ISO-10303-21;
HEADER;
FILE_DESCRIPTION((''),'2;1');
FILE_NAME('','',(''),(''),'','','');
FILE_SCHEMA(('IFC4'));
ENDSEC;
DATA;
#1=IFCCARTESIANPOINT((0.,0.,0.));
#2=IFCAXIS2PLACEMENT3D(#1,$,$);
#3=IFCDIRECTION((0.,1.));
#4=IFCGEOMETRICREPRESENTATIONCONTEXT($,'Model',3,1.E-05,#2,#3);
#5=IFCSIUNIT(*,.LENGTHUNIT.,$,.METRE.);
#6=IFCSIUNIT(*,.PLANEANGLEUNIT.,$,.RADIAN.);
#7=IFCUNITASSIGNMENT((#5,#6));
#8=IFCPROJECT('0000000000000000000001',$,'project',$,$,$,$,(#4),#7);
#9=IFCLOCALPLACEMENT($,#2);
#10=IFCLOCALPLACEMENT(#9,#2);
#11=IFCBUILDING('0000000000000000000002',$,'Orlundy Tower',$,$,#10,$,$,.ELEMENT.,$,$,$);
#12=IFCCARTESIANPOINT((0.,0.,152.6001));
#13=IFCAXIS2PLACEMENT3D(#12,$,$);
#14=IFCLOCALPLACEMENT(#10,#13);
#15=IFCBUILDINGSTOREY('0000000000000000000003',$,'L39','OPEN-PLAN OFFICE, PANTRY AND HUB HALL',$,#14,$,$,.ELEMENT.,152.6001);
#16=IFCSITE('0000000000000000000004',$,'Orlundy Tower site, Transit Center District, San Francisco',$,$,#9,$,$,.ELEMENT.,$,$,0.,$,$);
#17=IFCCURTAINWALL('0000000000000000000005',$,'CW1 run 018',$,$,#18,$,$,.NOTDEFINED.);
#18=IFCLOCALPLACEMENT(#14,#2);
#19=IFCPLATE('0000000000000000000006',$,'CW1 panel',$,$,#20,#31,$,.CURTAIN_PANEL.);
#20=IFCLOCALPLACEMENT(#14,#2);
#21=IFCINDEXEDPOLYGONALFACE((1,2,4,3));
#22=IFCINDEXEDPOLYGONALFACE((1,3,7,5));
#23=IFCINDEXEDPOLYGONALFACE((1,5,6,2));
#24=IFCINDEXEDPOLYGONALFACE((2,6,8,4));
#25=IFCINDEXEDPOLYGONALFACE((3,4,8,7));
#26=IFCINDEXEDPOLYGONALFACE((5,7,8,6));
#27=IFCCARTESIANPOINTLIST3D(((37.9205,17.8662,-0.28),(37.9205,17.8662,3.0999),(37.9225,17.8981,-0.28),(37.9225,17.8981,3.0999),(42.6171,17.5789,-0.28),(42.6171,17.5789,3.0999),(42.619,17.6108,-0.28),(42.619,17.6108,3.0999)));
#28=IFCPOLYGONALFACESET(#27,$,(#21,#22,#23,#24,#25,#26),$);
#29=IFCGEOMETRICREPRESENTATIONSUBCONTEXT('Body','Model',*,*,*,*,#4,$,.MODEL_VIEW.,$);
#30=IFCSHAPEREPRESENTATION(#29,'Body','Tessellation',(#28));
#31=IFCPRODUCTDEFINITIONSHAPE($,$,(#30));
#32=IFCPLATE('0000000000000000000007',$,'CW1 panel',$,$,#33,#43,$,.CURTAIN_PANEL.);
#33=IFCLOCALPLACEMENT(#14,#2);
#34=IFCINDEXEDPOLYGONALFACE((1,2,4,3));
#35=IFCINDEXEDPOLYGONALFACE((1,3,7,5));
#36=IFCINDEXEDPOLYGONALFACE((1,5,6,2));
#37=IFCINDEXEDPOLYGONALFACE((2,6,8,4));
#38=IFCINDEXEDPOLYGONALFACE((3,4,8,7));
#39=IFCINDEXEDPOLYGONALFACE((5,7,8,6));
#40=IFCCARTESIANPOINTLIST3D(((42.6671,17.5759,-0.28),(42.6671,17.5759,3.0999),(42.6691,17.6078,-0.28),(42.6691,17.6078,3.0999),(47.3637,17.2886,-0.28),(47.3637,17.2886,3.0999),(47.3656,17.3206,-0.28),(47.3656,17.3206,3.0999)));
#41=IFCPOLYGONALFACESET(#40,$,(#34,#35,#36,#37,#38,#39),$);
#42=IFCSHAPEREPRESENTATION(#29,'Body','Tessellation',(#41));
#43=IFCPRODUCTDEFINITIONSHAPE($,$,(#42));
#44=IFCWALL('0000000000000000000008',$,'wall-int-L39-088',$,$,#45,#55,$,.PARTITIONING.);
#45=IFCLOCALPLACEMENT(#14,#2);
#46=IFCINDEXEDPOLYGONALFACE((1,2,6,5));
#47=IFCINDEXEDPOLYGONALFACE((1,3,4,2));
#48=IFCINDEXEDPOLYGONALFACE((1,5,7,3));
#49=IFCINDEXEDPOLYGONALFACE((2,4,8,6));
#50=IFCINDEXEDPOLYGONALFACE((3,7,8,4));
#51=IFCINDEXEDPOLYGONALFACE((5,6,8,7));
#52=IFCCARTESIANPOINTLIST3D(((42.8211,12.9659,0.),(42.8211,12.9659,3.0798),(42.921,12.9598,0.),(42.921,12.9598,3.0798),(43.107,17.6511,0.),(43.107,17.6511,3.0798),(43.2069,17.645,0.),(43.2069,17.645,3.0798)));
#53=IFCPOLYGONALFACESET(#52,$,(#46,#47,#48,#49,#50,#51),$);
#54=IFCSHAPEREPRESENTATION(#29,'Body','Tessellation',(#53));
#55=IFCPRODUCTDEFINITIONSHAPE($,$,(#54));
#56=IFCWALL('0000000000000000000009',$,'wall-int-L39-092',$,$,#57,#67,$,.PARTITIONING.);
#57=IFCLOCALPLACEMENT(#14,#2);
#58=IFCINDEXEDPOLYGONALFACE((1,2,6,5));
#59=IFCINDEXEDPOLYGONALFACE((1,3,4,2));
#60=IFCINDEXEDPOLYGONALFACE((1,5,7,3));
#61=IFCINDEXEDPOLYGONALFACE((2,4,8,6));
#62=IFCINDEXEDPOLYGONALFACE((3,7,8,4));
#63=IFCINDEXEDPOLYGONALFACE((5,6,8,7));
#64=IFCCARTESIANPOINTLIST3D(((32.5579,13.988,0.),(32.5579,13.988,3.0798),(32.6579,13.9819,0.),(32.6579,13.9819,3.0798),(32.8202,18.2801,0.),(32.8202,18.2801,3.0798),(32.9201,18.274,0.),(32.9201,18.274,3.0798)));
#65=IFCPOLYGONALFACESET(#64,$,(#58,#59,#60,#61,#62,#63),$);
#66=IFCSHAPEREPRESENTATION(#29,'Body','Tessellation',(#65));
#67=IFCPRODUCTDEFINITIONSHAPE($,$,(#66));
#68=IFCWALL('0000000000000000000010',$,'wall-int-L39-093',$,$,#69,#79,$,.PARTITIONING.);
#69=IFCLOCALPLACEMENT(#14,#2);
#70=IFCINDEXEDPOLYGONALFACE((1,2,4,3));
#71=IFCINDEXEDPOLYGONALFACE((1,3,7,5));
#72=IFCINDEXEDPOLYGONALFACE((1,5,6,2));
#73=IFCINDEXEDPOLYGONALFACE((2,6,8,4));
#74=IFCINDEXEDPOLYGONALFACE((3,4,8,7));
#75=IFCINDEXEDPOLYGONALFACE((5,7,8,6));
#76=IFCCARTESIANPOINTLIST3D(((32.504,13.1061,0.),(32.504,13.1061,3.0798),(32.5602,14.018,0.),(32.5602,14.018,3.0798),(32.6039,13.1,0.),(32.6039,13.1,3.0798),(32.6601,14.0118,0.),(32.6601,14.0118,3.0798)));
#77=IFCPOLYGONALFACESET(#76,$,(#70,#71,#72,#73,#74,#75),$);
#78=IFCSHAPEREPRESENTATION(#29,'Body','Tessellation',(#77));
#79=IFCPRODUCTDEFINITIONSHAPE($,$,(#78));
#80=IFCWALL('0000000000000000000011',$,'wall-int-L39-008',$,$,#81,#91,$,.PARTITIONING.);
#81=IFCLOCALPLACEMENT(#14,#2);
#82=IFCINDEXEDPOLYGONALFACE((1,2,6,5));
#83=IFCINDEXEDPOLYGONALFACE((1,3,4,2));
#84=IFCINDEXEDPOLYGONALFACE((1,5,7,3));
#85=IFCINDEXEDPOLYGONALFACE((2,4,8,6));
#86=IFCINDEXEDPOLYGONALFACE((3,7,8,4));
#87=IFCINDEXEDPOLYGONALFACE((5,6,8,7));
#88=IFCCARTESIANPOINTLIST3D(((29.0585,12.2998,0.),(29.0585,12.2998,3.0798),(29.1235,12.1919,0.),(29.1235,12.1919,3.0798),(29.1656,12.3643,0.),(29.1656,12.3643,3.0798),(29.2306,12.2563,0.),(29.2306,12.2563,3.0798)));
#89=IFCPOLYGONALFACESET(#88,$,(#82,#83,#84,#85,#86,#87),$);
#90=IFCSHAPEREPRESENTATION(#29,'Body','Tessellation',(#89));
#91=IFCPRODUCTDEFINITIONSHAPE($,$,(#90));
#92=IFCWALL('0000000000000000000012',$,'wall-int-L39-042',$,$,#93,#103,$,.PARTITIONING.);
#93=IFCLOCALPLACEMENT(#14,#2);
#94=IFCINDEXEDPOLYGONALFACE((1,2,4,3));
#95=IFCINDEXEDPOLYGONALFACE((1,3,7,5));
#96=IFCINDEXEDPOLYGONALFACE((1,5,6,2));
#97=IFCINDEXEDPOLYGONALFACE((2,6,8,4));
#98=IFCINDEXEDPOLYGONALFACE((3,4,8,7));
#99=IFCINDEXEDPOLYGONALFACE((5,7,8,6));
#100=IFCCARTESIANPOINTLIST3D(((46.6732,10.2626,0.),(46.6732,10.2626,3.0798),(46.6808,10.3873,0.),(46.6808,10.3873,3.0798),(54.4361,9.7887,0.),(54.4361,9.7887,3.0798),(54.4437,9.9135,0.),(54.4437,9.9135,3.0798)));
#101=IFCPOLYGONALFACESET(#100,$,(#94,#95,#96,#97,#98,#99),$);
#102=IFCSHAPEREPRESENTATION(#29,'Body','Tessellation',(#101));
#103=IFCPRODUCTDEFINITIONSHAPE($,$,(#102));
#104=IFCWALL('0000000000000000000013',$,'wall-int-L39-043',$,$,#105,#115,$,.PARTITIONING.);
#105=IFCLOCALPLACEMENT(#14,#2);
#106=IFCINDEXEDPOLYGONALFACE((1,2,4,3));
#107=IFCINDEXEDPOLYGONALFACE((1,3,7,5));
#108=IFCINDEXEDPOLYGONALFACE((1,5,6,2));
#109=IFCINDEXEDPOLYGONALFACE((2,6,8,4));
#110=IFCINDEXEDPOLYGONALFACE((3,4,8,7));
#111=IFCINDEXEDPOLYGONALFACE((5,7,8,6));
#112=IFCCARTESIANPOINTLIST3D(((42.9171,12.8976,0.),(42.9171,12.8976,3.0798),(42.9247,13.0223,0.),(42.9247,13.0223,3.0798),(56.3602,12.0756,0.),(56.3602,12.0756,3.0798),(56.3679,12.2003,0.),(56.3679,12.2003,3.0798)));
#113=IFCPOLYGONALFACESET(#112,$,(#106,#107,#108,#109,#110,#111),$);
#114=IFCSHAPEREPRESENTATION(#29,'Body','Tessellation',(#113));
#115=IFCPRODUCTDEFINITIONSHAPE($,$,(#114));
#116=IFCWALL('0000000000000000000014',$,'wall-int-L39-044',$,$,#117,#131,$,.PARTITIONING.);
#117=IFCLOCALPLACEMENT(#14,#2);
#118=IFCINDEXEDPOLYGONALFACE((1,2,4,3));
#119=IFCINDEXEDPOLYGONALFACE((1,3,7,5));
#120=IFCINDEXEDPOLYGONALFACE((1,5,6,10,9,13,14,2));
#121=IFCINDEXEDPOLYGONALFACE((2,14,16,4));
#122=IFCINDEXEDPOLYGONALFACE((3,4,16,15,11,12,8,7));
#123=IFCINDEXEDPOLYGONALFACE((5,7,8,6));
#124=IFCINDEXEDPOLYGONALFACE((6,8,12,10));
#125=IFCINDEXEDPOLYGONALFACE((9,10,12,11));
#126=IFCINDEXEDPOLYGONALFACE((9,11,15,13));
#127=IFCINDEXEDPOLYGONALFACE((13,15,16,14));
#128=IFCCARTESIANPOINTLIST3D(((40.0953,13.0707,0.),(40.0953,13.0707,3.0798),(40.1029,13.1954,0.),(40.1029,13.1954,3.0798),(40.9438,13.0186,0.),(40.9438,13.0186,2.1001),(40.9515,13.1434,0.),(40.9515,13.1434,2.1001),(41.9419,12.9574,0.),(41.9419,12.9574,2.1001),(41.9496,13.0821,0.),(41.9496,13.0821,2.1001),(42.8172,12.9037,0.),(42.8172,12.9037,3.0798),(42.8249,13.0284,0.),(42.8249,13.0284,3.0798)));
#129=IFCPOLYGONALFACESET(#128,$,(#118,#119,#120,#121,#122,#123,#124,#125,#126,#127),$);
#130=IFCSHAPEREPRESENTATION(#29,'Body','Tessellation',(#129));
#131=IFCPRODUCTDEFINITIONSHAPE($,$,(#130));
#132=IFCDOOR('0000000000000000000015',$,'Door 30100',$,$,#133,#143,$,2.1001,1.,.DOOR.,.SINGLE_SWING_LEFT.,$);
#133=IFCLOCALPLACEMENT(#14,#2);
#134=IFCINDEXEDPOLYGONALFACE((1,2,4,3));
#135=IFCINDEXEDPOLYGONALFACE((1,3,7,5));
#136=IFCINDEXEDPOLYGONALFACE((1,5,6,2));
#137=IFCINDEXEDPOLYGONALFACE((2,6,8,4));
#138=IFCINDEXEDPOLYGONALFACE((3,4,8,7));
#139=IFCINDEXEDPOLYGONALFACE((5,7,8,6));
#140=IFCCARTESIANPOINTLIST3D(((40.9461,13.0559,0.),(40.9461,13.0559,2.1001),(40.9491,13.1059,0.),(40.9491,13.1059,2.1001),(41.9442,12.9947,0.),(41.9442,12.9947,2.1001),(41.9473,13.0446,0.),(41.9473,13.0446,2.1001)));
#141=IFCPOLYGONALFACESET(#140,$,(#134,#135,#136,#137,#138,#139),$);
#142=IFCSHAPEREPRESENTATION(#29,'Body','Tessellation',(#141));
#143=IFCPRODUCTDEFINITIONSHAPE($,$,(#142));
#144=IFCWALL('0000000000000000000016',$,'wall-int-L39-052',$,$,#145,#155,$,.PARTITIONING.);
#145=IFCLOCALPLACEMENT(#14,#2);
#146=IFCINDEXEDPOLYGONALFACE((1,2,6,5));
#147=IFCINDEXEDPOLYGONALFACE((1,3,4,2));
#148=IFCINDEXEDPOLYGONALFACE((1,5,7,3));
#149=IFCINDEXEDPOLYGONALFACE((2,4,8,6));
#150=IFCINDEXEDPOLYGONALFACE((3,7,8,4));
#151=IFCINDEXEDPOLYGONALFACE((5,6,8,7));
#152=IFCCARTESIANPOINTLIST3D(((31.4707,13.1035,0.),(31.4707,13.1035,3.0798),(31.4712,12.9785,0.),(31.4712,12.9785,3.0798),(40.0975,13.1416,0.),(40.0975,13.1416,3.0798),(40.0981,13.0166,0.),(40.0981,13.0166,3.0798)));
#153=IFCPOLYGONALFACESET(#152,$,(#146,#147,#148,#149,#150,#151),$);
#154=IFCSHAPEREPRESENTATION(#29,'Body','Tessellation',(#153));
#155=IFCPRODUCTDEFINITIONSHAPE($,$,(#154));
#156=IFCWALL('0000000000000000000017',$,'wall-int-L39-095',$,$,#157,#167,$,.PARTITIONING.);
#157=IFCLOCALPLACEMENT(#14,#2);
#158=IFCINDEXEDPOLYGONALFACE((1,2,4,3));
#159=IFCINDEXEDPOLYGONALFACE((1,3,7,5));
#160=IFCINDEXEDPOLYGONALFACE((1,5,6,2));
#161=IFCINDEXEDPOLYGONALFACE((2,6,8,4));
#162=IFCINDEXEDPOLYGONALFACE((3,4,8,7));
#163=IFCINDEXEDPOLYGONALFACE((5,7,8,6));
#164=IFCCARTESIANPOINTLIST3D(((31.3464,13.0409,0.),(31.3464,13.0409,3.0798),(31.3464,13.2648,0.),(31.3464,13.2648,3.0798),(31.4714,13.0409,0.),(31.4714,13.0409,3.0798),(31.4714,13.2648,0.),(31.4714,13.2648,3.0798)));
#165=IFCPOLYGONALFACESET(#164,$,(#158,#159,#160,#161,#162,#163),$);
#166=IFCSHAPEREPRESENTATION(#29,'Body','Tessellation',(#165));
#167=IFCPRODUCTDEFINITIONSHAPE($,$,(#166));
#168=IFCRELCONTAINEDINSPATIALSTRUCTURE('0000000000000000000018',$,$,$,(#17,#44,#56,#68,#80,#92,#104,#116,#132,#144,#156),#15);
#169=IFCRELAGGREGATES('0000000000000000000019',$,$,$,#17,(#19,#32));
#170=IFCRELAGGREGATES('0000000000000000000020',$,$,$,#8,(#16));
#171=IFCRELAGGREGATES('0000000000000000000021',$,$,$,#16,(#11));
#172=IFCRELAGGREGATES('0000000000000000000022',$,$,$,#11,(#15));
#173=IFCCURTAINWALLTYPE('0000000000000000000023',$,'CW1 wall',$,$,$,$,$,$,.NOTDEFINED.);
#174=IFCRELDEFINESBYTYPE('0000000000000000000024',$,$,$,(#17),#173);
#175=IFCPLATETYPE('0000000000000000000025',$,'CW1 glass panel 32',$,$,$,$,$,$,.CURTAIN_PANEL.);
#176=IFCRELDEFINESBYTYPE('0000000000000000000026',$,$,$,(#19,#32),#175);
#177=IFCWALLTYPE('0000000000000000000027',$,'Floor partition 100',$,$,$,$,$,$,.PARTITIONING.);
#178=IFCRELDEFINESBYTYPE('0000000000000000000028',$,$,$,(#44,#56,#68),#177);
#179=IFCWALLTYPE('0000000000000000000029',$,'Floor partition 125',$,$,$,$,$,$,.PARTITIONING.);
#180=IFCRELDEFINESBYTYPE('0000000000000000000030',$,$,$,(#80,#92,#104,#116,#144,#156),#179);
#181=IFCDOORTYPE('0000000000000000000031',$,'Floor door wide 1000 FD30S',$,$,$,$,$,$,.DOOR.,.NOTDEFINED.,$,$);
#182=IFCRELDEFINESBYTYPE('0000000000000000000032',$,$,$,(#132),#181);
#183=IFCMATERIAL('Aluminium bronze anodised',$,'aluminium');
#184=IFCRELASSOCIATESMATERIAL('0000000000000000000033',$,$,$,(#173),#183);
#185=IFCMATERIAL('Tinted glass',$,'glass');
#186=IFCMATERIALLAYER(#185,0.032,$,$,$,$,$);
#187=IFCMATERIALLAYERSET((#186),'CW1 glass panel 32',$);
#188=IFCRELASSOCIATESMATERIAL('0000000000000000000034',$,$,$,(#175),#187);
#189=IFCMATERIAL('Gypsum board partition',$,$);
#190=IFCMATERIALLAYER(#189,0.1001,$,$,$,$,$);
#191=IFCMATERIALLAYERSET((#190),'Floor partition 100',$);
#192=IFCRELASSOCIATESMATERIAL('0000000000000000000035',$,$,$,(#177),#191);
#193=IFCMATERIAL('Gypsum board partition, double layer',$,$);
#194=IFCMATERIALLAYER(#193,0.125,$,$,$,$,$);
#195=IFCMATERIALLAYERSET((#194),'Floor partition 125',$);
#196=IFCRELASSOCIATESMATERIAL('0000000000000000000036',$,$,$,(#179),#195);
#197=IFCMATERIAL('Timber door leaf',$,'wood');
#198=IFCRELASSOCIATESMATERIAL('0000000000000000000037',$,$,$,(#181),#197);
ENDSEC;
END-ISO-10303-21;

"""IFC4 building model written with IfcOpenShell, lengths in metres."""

from ifc_helpers import new_model, si_unit, direction, frame, frame_2d, origin, origin_2d, place, context, subcontext, project, spatial, rectangle, extrude, material, layer, layer_set, type_object, element, fill, aggregate, save


model = new_model("IFC4")

# Units and contexts
model_context = context("Model", 3, precision=1e-05, world=origin(), true_north=direction((0.0, 1.0)))
body_context = subcontext(model_context, "Body", "Model", "MODEL_VIEW")
ifc_project = project(units=[si_unit("LENGTHUNIT", "METRE"), si_unit("PLANEANGLEUNIT", "RADIAN")], contexts=[model_context])

# Site, building, storey
site_placement = place(None, origin())
site = spatial("IfcSite", under=ifc_project, at=site_placement, Name="Orlundy Tower site, Transit Center District, San Francisco", CompositionType="ELEMENT", RefElevation=0.0)
building_placement = place(site_placement, origin())
building = spatial("IfcBuilding", under=site, at=building_placement, Name="Orlundy Tower", CompositionType="ELEMENT")
storey_placement = place(building_placement, frame((0.0, 0.0, 152.6001)))
storey = spatial("IfcBuildingStorey", under=building, at=storey_placement, Name="L39", Description="OPEN-PLAN OFFICE, PANTRY AND HUB HALL", CompositionType="ELEMENT", Elevation=152.6001)

# Curtain wall, plates
ifc_material_1 = material(Name="Aluminium bronze anodised", Category="aluminium")
curtain_wall_type = type_object("IfcCurtainWallType", Name="CW1 wall", PredefinedType="NOTDEFINED", material=ifc_material_1)
curtain_wall_placement = place(storey_placement, origin())
curtain_wall = element("IfcCurtainWall", 1, at=curtain_wall_placement, inside=storey, type_object=curtain_wall_type, Name="CW1 run 018", PredefinedType="NOTDEFINED")
ifc_material_2 = material(Name="Tinted glass", Category="glass")
ifc_layer_1 = layer(ifc_material_2, 0.032)
ifc_layer_set_1 = layer_set([ifc_layer_1], Name="CW1 glass panel 32")
plate_type = type_object("IfcPlateType", Name="CW1 glass panel 32", PredefinedType="CURTAIN_PANEL", material=ifc_layer_set_1)
plate_1_placement = place(storey_placement, frame((40.2698, 17.7385, -0.28), z_axis=(0.0, 0.0, 1.0), x_axis=(0.998134, -0.061054, 0.0)))
plate_1 = element("IfcPlate", 2, at=plate_1_placement, type_object=plate_type, Name="CW1 panel", PredefinedType="CURTAIN_PANEL", context=body_context, shape_type="SweptSolid", body=[
    extrude(rectangle(XDim=4.7053, YDim=0.032, at=origin_2d()), origin(), (0.0, 0.0, 1.0), 3.3799),
])
plate_2_placement = place(storey_placement, frame((45.0164, 17.4482, -0.28), z_axis=(0.0, 0.0, 1.0), x_axis=(0.998134, -0.061054, 0.0)))
plate_2 = element("IfcPlate", 3, at=plate_2_placement, type_object=plate_type, Name="CW1 panel", PredefinedType="CURTAIN_PANEL", context=body_context, shape_type="SweptSolid", body=[
    extrude(rectangle(XDim=4.7053, YDim=0.032, at=origin_2d()), origin(), (0.0, 0.0, 1.0), 3.3799),
])
aggregate(curtain_wall, [plate_1, plate_2])

# Walls
ifc_material_3 = material(Name="Gypsum board partition")
ifc_layer_2 = layer(ifc_material_3, 0.1001)
ifc_layer_set_2 = layer_set([ifc_layer_2], Name="Floor partition 100")
wall_type_1 = type_object("IfcWallType", Name="Floor partition 100", PredefinedType="PARTITIONING", material=ifc_layer_set_2)
wall_1_placement = place(storey_placement, frame((42.8711, 12.9629, 0.0), z_axis=(0.0, 0.0, 1.0), x_axis=(0.060908, 0.998143, 0.0)))
element("IfcWall", 4, at=wall_1_placement, inside=storey, type_object=wall_type_1, Name="wall-int-L39-088", PredefinedType="PARTITIONING", context=body_context, shape_type="SweptSolid", body=[
    extrude(rectangle(XDim=4.6938, YDim=0.1001, at=frame_2d((2.3469, 0.0))), origin(), (0.0, 0.0, 1.0), 3.0798),
])
wall_2_placement = place(storey_placement, frame((32.6079, 13.9851, 0.0), z_axis=(0.0, 0.0, 1.0), x_axis=(0.060978, 0.998139, 0.0)))
element("IfcWall", 5, at=wall_2_placement, inside=storey, type_object=wall_type_1, Name="wall-int-L39-092", PredefinedType="PARTITIONING", context=body_context, shape_type="SweptSolid", body=[
    extrude(rectangle(XDim=4.3, YDim=0.1001, at=frame_2d((2.1499, 0.0))), origin(), (0.0, 0.0, 1.0), 3.0798),
])
wall_3_placement = place(storey_placement, frame((32.554, 13.103, 0.0), z_axis=(0.0, 0.0, 1.0), x_axis=(0.061463, 0.998109, 0.0)))
element("IfcWall", 6, at=wall_3_placement, inside=storey, type_object=wall_type_1, Name="wall-int-L39-093", PredefinedType="PARTITIONING", context=body_context, shape_type="SweptSolid", body=[
    extrude(rectangle(XDim=0.9136, YDim=0.1001, at=frame_2d((0.4568, 0.0))), origin(), (0.0, 0.0, 1.0), 3.0798),
])
ifc_material_4 = material(Name="Gypsum board partition, double layer")
ifc_layer_3 = layer(ifc_material_4, 0.125)
ifc_layer_set_3 = layer_set([ifc_layer_3], Name="Floor partition 125")
wall_type_2 = type_object("IfcWallType", Name="Floor partition 125", PredefinedType="PARTITIONING", material=ifc_layer_set_3)
wall_4_placement = place(storey_placement, frame((29.1121, 12.332, 0.0), z_axis=(0.0, 0.0, 1.0), x_axis=(0.515636, -0.856808, 0.0)))
element("IfcWall", 7, at=wall_4_placement, inside=storey, type_object=wall_type_2, Name="wall-int-L39-008", PredefinedType="PARTITIONING", context=body_context, shape_type="SweptSolid", body=[
    extrude(rectangle(XDim=0.126, YDim=0.125, at=frame_2d((0.063, 0.0))), origin(), (0.0, 0.0, 1.0), 3.0798),
])
wall_5_placement = place(storey_placement, frame((46.677, 10.325, 0.0), z_axis=(0.0, 0.0, 1.0), x_axis=(0.998142, -0.06093, 0.0)))
element("IfcWall", 8, at=wall_5_placement, inside=storey, type_object=wall_type_2, Name="wall-int-L39-042", PredefinedType="PARTITIONING", context=body_context, shape_type="SweptSolid", body=[
    extrude(rectangle(XDim=7.7773, YDim=0.125, at=frame_2d((3.8887, 0.0))), origin(), (0.0, 0.0, 1.0), 3.0798),
])
wall_6_placement = place(storey_placement, frame((42.9209, 12.96, 0.0), z_axis=(0.0, 0.0, 1.0), x_axis=(0.998136, -0.061034, 0.0)))
element("IfcWall", 9, at=wall_6_placement, inside=storey, type_object=wall_type_2, Name="wall-int-L39-043", PredefinedType="PARTITIONING", context=body_context, shape_type="SweptSolid", body=[
    extrude(rectangle(XDim=13.4683, YDim=0.125, at=frame_2d((6.7341, 0.0))), origin(), (0.0, 0.0, 1.0), 3.0798),
])

# Wall, opening, door
wall_7_placement = place(storey_placement, frame((40.0991, 13.1331, 0.0), z_axis=(0.0, 0.0, 1.0), x_axis=(0.998123, -0.061236, 0.0)))
wall_7 = element("IfcWall", 10, at=wall_7_placement, inside=storey, type_object=wall_type_2, Name="wall-int-L39-044", PredefinedType="PARTITIONING", context=body_context, shape_type="SweptSolid", body=[
    extrude(rectangle(XDim=2.7271, YDim=0.125, at=frame_2d((1.3635, 0.0))), origin(), (0.0, 0.0, 1.0), 3.0798),
])
opening_1_placement = place(wall_7_placement, frame((0.8501, 0.0, 0.0)))
opening_1 = element("IfcOpeningElement", 11, at=opening_1_placement, cuts=wall_7, PredefinedType="OPENING", context=body_context, shape_type="SweptSolid", body=[
    extrude(rectangle(XDim=1.0, YDim=2.1001, at=frame_2d((0.5, 1.05))), frame((0.0, 0.0725, 0.0), z_axis=(0.0, -1.0, 0.0), x_axis=(1.0, 0.0, 0.0)), (0.0, 0.0, 1.0), 0.145),
])
ifc_material_5 = material(Name="Timber door leaf", Category="wood")
door_type_1 = type_object("IfcDoorType", Name="Floor door wide 1000 FD30S", OperationType="NOTDEFINED", PredefinedType="DOOR", material=ifc_material_5)
door_1_placement = place(opening_1_placement, origin())
door_1 = element("IfcDoor", 12, at=door_1_placement, inside=storey, type_object=door_type_1, Name="Door 30100", OperationType="SINGLE_SWING_LEFT", OverallHeight=2.1001, OverallWidth=1.0, PredefinedType="DOOR", context=body_context, shape_type="SweptSolid", body=[
    extrude(rectangle(XDim=1.0, YDim=2.1001, at=frame_2d((0.5, 1.05))), frame((0.0, 0.0249, 0.0), z_axis=(0.0, -1.0, 0.0), x_axis=(1.0, 0.0, 0.0)), (0.0, 0.0, 1.0), 0.05),
])
fill(opening_1, door_1)

# Walls
wall_8_placement = place(storey_placement, frame((31.4709, 13.041, 0.0), z_axis=(0.0, 0.0, 1.0), x_axis=(0.99999, 0.004415, 0.0)))
element("IfcWall", 13, at=wall_8_placement, inside=storey, type_object=wall_type_2, Name="wall-int-L39-052", PredefinedType="PARTITIONING", context=body_context, shape_type="SweptSolid", body=[
    extrude(rectangle(XDim=8.627, YDim=0.125, at=frame_2d((4.3135, 0.0))), origin(), (0.0, 0.0, 1.0), 3.0798),
])
wall_9_placement = place(storey_placement, frame((31.4089, 13.041, 0.0), z_axis=(0.0, 0.0, 1.0), x_axis=(0.0, 1.0, 0.0)))
element("IfcWall", 14, at=wall_9_placement, inside=storey, type_object=wall_type_2, Name="wall-int-L39-095", PredefinedType="PARTITIONING", context=body_context, shape_type="SweptSolid", body=[
    extrude(rectangle(XDim=0.2239, YDim=0.125, at=frame_2d((0.1118, 0.0))), origin(), (0.0, 0.0, 1.0), 3.0798),
])

save(model, "model.ifc")
